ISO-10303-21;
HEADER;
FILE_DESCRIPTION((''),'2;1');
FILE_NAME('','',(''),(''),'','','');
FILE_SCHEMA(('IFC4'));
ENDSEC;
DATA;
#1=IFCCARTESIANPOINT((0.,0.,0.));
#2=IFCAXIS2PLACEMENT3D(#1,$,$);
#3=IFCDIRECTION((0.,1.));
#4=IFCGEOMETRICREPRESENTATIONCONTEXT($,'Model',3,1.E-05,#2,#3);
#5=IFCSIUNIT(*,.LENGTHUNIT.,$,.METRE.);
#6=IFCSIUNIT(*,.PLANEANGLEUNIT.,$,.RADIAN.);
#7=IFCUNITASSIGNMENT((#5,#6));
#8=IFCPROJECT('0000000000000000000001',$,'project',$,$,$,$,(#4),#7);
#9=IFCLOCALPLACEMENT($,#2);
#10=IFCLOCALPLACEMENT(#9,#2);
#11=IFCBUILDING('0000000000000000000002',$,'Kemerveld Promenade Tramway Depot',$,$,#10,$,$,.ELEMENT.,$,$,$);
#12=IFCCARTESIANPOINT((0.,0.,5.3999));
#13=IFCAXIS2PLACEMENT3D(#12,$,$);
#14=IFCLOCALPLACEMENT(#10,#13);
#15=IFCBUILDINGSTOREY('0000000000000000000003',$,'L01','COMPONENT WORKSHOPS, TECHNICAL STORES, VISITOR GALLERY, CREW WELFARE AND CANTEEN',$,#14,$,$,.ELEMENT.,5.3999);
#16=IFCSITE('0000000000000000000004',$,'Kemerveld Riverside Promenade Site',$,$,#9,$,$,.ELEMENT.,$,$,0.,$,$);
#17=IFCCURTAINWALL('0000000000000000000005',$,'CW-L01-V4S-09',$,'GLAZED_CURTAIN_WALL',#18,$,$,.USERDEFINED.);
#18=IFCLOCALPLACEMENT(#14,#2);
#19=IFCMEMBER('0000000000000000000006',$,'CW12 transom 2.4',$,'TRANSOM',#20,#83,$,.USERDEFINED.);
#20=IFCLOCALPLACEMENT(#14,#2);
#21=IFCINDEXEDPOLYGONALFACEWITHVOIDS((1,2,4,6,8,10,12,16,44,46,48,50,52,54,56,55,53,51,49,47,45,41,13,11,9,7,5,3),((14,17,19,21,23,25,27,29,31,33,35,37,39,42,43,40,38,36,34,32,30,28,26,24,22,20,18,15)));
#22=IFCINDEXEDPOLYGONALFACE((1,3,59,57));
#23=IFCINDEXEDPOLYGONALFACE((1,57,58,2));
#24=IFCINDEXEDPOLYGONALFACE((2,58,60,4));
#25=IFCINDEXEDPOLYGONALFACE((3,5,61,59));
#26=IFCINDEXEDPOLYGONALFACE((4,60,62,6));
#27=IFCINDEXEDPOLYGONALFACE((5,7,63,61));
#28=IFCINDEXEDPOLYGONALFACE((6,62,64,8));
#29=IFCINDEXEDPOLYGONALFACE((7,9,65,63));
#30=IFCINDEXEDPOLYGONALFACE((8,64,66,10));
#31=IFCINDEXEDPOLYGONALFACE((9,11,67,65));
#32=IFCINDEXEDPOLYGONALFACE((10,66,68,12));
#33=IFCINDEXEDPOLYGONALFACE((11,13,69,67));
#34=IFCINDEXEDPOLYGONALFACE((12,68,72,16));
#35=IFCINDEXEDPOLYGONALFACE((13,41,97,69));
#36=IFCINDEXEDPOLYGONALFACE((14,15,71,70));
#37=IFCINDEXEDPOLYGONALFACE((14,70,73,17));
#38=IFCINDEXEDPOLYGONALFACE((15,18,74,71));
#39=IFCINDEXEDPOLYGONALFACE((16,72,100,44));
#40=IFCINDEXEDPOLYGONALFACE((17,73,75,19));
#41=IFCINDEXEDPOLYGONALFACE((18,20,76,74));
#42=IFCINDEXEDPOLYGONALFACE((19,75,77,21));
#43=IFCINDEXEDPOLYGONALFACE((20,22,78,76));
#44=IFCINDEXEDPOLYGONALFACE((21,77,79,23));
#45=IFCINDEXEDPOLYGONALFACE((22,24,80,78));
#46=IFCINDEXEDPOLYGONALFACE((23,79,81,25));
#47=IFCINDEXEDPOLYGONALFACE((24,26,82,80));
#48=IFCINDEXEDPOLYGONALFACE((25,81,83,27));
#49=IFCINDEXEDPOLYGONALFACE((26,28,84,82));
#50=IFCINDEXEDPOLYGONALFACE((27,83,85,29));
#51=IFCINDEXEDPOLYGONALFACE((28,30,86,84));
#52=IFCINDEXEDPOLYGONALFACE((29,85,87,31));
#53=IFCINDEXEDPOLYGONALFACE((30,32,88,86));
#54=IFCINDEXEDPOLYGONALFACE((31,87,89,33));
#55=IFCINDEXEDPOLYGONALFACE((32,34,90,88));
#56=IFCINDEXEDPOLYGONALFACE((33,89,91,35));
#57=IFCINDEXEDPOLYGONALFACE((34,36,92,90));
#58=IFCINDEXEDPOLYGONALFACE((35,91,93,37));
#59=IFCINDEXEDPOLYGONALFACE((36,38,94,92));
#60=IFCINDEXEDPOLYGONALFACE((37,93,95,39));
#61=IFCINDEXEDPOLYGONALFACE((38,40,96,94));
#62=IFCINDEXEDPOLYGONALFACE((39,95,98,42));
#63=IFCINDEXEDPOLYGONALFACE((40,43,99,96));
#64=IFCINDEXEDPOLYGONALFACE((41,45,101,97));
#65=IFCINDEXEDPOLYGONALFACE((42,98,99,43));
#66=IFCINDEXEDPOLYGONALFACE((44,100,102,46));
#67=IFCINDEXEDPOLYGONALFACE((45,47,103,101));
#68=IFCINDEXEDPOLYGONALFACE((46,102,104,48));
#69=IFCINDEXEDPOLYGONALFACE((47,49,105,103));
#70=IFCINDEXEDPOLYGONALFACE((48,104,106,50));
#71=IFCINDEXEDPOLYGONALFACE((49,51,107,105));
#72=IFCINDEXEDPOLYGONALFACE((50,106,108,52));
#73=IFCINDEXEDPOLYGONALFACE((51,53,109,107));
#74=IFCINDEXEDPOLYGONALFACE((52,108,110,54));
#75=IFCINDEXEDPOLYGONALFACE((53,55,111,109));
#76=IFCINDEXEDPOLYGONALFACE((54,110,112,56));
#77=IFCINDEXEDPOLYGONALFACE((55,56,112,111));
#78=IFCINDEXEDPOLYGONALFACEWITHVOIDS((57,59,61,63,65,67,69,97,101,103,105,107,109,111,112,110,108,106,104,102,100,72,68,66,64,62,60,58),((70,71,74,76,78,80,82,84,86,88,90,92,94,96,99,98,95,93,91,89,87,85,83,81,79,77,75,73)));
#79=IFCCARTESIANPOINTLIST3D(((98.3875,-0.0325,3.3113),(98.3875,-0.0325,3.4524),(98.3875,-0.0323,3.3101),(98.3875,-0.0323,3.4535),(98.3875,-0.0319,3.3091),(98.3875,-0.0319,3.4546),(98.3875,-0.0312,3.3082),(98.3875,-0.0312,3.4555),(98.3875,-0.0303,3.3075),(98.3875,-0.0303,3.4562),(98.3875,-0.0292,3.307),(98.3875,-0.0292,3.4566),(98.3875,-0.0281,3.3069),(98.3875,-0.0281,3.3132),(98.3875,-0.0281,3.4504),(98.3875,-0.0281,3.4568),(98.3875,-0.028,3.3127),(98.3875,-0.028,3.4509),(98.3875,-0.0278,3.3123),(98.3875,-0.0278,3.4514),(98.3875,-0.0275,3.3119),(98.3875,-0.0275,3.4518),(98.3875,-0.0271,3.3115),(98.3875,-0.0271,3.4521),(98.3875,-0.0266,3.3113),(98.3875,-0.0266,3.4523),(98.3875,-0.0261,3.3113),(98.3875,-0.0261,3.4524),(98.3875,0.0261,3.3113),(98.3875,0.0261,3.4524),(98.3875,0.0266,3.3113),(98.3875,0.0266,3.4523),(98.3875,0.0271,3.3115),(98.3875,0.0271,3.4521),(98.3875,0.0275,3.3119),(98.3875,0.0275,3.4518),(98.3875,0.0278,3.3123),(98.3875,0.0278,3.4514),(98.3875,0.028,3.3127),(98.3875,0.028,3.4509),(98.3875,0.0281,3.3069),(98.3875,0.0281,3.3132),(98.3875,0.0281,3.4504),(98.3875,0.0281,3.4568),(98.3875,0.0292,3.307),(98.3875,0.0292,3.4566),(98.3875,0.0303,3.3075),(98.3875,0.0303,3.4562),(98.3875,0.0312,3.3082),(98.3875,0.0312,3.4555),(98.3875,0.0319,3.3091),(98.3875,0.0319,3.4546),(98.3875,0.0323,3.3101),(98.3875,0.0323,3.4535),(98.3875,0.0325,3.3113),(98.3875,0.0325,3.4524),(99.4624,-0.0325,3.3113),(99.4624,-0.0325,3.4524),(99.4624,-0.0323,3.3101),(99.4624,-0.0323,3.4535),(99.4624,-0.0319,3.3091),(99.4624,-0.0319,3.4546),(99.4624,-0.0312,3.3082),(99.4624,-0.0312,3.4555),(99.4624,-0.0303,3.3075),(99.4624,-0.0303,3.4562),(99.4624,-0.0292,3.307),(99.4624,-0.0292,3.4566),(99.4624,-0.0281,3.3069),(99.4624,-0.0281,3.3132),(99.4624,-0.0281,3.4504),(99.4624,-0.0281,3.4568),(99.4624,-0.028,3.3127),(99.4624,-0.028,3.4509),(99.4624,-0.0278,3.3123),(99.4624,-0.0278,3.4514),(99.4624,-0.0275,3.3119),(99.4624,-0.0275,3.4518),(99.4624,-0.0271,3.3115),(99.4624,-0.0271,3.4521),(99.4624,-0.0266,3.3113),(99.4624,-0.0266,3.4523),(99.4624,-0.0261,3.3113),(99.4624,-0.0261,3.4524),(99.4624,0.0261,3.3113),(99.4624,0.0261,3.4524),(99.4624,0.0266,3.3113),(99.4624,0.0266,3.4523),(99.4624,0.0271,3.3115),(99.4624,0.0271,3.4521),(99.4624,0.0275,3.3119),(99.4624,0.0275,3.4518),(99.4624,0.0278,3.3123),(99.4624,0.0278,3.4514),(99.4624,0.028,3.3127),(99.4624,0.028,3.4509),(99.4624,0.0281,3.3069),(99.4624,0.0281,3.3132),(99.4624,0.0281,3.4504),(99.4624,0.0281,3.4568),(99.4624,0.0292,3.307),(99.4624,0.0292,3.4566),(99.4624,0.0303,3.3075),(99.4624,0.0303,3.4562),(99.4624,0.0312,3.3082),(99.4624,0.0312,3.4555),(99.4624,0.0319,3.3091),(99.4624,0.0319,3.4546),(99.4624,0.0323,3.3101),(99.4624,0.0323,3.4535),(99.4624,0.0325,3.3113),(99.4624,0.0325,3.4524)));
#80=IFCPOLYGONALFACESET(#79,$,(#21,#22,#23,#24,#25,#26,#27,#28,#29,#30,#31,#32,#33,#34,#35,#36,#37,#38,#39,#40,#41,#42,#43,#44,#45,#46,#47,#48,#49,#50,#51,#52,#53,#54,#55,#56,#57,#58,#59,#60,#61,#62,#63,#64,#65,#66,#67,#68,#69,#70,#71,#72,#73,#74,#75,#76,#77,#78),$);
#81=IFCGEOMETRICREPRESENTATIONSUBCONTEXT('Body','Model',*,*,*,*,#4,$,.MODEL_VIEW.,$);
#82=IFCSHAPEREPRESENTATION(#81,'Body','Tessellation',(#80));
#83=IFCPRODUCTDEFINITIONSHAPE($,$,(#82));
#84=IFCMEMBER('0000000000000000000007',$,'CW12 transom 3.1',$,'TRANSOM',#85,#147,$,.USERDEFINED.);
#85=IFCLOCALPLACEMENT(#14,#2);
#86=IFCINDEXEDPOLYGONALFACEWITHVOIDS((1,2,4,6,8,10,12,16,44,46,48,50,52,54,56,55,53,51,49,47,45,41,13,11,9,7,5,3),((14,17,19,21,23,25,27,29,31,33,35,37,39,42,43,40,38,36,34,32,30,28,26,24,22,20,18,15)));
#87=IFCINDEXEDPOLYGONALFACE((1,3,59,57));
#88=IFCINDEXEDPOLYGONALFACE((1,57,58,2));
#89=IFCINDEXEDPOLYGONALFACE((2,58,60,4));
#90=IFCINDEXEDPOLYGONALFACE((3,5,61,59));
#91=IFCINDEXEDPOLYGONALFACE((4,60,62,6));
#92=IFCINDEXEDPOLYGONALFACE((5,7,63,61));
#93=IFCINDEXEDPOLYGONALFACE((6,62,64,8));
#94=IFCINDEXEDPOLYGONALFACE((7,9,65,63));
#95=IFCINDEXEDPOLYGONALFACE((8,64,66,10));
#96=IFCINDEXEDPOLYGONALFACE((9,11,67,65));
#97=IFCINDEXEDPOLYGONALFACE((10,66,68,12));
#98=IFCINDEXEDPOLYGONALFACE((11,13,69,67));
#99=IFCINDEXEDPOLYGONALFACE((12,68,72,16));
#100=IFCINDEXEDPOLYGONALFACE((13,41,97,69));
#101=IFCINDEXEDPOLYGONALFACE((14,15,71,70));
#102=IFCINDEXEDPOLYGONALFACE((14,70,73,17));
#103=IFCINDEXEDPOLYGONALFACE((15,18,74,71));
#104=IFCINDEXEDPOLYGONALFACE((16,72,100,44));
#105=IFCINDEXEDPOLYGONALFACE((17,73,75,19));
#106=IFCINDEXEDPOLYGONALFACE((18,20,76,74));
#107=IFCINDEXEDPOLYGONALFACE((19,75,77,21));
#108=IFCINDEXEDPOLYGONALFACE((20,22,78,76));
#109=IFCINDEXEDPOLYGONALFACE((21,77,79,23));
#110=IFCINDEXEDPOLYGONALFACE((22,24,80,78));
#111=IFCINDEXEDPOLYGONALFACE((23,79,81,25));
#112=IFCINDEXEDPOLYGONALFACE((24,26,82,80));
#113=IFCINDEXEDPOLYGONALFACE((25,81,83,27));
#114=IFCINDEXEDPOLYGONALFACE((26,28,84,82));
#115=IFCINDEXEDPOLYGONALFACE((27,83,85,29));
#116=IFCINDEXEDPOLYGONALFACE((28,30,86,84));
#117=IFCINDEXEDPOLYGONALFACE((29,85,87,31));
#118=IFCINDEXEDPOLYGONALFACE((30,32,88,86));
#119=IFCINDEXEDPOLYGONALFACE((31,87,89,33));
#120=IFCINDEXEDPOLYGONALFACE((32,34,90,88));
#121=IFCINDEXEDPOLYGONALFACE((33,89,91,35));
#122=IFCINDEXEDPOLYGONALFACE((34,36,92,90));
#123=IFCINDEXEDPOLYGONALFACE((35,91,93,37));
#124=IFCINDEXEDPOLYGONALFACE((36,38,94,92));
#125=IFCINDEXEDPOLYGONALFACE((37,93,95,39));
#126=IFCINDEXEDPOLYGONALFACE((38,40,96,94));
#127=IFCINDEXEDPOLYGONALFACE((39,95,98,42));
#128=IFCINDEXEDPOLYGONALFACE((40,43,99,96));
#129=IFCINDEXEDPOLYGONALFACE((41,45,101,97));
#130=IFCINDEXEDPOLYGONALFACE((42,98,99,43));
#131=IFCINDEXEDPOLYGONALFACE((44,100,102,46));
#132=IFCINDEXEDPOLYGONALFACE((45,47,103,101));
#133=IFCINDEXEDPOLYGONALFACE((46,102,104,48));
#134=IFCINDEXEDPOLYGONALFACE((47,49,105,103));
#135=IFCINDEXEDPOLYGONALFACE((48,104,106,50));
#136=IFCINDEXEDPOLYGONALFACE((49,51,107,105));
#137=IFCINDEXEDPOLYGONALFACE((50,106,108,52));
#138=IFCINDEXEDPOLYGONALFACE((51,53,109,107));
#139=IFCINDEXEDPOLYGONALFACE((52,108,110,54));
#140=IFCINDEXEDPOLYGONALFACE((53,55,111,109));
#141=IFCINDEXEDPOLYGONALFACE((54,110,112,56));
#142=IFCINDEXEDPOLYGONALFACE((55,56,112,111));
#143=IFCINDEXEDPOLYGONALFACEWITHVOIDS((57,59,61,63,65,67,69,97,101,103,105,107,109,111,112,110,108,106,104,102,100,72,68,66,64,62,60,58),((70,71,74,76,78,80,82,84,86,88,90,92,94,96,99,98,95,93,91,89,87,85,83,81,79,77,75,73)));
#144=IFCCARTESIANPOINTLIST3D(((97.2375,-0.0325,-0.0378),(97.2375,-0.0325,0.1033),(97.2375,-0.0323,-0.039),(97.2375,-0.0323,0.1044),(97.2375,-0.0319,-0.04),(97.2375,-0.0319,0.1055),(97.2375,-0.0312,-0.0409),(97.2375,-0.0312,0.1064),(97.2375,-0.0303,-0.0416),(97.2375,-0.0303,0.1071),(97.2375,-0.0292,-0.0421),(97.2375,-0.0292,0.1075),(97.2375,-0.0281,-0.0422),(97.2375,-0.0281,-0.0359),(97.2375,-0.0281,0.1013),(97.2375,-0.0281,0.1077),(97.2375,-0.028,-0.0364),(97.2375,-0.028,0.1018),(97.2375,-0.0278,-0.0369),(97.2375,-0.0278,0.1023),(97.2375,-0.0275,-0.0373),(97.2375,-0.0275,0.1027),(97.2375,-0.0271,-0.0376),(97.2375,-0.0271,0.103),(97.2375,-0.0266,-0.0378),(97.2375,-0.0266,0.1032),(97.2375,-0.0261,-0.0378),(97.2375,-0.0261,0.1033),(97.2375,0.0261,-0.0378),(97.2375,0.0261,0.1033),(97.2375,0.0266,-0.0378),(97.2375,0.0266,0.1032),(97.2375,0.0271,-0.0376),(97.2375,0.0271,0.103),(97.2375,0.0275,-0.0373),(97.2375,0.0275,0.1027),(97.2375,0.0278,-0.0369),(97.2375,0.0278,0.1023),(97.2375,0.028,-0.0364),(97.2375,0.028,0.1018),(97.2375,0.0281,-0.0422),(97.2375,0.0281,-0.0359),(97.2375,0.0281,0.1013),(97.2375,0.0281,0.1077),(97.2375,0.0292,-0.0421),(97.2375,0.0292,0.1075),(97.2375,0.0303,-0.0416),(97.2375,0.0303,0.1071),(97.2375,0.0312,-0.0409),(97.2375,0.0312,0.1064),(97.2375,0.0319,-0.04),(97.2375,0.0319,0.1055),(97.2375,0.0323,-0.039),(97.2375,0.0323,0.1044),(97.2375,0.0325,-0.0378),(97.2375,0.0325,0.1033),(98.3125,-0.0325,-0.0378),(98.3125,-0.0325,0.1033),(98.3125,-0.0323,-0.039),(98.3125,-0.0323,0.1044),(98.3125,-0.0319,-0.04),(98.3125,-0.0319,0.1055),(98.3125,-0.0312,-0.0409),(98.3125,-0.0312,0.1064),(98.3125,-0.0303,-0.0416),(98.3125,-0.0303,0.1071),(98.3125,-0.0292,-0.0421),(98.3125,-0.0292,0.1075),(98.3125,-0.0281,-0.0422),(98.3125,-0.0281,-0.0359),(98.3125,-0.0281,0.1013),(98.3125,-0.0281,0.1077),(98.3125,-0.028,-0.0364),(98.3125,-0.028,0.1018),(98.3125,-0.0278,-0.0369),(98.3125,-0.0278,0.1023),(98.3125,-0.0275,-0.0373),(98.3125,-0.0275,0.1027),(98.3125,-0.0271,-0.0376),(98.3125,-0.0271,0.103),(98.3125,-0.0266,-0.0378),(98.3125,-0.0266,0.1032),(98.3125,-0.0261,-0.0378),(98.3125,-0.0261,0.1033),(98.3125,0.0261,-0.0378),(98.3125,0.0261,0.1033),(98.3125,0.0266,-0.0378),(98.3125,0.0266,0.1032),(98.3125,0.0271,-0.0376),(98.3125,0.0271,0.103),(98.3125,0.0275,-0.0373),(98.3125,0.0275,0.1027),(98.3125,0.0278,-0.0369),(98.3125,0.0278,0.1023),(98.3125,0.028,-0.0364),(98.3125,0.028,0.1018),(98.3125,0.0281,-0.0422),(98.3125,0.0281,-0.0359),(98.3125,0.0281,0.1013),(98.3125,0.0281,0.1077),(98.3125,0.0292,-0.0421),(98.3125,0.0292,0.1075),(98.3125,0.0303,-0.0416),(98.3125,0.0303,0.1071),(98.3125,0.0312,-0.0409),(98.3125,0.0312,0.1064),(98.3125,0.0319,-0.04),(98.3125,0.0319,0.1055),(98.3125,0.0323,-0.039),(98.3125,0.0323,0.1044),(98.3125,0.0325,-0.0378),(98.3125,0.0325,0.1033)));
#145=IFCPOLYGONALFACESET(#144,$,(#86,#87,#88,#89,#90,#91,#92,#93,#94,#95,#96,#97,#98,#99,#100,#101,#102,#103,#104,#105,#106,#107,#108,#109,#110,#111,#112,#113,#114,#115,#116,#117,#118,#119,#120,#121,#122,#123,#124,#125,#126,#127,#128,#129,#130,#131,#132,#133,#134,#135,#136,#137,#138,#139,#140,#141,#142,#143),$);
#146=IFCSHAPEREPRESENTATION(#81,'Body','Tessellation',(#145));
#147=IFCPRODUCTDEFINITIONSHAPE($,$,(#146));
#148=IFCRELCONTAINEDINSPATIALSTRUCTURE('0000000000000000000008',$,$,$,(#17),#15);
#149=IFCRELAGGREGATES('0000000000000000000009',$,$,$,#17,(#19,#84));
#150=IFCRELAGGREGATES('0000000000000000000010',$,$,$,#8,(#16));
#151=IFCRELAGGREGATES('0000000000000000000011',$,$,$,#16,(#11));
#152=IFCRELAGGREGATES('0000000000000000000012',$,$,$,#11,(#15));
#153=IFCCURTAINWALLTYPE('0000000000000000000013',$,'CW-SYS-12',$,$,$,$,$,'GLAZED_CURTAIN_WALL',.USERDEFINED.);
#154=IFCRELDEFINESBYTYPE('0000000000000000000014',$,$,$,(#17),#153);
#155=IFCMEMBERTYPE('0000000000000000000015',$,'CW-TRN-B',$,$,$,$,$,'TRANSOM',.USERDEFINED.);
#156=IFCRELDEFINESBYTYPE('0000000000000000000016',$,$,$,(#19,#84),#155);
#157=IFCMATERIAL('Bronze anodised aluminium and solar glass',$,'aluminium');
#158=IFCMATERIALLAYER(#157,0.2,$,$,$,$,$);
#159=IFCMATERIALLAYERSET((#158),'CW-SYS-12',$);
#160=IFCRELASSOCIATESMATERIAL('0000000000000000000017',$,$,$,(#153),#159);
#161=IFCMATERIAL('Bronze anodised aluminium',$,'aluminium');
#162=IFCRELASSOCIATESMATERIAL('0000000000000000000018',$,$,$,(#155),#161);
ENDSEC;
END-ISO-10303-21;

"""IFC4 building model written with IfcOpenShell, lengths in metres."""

from ifc_helpers import new_model, si_unit, direction, frame, origin, origin_2d, place, context, subcontext, project, spatial, hollow_rectangle, extrude, material, layer, layer_set, material_profile, profile_set, type_object, element, aggregate, save


model = new_model("IFC4")

# Units and contexts
model_context = context("Model", 3, precision=1e-05, world=origin(), true_north=direction((0.0, 1.0)))
body_context = subcontext(model_context, "Body", "Model", "MODEL_VIEW")
ifc_project = project(units=[si_unit("LENGTHUNIT", "METRE"), si_unit("PLANEANGLEUNIT", "RADIAN")], contexts=[model_context])

# Site, building, storey
site_placement = place(None, origin())
site = spatial("IfcSite", under=ifc_project, at=site_placement, Name="Kemerveld Riverside Promenade Site", CompositionType="ELEMENT", RefElevation=0.0)
building_placement = place(site_placement, origin())
building = spatial("IfcBuilding", under=site, at=building_placement, Name="Kemerveld Promenade Tramway Depot", CompositionType="ELEMENT")
storey_placement = place(building_placement, frame((0.0, 0.0, 5.3999)))
storey = spatial("IfcBuildingStorey", under=building, at=storey_placement, Name="L01", Description="COMPONENT WORKSHOPS, TECHNICAL STORES, VISITOR GALLERY, CREW WELFARE AND CANTEEN", CompositionType="ELEMENT", Elevation=5.3999)

# Curtain wall, members
ifc_material_1 = material(Name="Bronze anodised aluminium and solar glass", Category="aluminium")
ifc_layer_1 = layer(ifc_material_1, 0.2)
ifc_layer_set_1 = layer_set([ifc_layer_1], Name="CW-SYS-12")
curtain_wall_type = type_object("IfcCurtainWallType", Name="CW-SYS-12", ElementType="GLAZED_CURTAIN_WALL", PredefinedType="USERDEFINED", material=ifc_layer_set_1)
curtain_wall_placement = place(storey_placement, origin())
curtain_wall = element("IfcCurtainWall", 1, at=curtain_wall_placement, inside=storey, type_object=curtain_wall_type, Name="CW-L01-V4S-09", ObjectType="GLAZED_CURTAIN_WALL", PredefinedType="USERDEFINED")
ifc_material_2 = material(Name="Bronze anodised aluminium", Category="aluminium")
ifc_material_profile_1 = material_profile(ifc_material_2, hollow_rectangle(XDim=0.0649, YDim=0.1499, WallThickness=0.0044, InnerFilletRadius=0.002, OuterFilletRadius=0.0044, at=origin_2d()), Name="CW-TRN-150x65")
ifc_profile_set_1 = profile_set([ifc_material_profile_1], Name="Bronze anodised aluminium")
member_type_1 = type_object("IfcMemberType", Name="CW-TRN-B", ElementType="TRANSOM", PredefinedType="USERDEFINED", material=ifc_profile_set_1)
member_1_placement = place(storey_placement, frame((99.4624, 0.0, 3.3818), z_axis=(-1.0, 0.0, 0.0), x_axis=(0.0, -1.0, 0.0)))
member_1 = element("IfcMember", 2, at=member_1_placement, type_object=member_type_1, Name="CW12 transom 2.4", ObjectType="TRANSOM", PredefinedType="USERDEFINED", context=body_context, shape_type="SweptSolid", body=[
    extrude(hollow_rectangle(XDim=0.0649, YDim=0.1499, WallThickness=0.0044, InnerFilletRadius=0.002, OuterFilletRadius=0.0044, at=origin_2d()), origin(), (0.0, 0.0, 1.0), 1.075),
])
member_2_placement = place(storey_placement, frame((98.3125, 0.0, 0.0327), z_axis=(-1.0, 0.0, 0.0), x_axis=(0.0, -1.0, 0.0)))
member_2 = element("IfcMember", 3, at=member_2_placement, type_object=member_type_1, Name="CW12 transom 3.1", ObjectType="TRANSOM", PredefinedType="USERDEFINED", context=body_context, shape_type="SweptSolid", body=[
    extrude(hollow_rectangle(XDim=0.0649, YDim=0.1499, WallThickness=0.0044, InnerFilletRadius=0.002, OuterFilletRadius=0.0044, at=origin_2d()), origin(), (0.0, 0.0, 1.0), 1.075),
])
aggregate(curtain_wall, [member_1, member_2])

save(model, "model.ifc")
